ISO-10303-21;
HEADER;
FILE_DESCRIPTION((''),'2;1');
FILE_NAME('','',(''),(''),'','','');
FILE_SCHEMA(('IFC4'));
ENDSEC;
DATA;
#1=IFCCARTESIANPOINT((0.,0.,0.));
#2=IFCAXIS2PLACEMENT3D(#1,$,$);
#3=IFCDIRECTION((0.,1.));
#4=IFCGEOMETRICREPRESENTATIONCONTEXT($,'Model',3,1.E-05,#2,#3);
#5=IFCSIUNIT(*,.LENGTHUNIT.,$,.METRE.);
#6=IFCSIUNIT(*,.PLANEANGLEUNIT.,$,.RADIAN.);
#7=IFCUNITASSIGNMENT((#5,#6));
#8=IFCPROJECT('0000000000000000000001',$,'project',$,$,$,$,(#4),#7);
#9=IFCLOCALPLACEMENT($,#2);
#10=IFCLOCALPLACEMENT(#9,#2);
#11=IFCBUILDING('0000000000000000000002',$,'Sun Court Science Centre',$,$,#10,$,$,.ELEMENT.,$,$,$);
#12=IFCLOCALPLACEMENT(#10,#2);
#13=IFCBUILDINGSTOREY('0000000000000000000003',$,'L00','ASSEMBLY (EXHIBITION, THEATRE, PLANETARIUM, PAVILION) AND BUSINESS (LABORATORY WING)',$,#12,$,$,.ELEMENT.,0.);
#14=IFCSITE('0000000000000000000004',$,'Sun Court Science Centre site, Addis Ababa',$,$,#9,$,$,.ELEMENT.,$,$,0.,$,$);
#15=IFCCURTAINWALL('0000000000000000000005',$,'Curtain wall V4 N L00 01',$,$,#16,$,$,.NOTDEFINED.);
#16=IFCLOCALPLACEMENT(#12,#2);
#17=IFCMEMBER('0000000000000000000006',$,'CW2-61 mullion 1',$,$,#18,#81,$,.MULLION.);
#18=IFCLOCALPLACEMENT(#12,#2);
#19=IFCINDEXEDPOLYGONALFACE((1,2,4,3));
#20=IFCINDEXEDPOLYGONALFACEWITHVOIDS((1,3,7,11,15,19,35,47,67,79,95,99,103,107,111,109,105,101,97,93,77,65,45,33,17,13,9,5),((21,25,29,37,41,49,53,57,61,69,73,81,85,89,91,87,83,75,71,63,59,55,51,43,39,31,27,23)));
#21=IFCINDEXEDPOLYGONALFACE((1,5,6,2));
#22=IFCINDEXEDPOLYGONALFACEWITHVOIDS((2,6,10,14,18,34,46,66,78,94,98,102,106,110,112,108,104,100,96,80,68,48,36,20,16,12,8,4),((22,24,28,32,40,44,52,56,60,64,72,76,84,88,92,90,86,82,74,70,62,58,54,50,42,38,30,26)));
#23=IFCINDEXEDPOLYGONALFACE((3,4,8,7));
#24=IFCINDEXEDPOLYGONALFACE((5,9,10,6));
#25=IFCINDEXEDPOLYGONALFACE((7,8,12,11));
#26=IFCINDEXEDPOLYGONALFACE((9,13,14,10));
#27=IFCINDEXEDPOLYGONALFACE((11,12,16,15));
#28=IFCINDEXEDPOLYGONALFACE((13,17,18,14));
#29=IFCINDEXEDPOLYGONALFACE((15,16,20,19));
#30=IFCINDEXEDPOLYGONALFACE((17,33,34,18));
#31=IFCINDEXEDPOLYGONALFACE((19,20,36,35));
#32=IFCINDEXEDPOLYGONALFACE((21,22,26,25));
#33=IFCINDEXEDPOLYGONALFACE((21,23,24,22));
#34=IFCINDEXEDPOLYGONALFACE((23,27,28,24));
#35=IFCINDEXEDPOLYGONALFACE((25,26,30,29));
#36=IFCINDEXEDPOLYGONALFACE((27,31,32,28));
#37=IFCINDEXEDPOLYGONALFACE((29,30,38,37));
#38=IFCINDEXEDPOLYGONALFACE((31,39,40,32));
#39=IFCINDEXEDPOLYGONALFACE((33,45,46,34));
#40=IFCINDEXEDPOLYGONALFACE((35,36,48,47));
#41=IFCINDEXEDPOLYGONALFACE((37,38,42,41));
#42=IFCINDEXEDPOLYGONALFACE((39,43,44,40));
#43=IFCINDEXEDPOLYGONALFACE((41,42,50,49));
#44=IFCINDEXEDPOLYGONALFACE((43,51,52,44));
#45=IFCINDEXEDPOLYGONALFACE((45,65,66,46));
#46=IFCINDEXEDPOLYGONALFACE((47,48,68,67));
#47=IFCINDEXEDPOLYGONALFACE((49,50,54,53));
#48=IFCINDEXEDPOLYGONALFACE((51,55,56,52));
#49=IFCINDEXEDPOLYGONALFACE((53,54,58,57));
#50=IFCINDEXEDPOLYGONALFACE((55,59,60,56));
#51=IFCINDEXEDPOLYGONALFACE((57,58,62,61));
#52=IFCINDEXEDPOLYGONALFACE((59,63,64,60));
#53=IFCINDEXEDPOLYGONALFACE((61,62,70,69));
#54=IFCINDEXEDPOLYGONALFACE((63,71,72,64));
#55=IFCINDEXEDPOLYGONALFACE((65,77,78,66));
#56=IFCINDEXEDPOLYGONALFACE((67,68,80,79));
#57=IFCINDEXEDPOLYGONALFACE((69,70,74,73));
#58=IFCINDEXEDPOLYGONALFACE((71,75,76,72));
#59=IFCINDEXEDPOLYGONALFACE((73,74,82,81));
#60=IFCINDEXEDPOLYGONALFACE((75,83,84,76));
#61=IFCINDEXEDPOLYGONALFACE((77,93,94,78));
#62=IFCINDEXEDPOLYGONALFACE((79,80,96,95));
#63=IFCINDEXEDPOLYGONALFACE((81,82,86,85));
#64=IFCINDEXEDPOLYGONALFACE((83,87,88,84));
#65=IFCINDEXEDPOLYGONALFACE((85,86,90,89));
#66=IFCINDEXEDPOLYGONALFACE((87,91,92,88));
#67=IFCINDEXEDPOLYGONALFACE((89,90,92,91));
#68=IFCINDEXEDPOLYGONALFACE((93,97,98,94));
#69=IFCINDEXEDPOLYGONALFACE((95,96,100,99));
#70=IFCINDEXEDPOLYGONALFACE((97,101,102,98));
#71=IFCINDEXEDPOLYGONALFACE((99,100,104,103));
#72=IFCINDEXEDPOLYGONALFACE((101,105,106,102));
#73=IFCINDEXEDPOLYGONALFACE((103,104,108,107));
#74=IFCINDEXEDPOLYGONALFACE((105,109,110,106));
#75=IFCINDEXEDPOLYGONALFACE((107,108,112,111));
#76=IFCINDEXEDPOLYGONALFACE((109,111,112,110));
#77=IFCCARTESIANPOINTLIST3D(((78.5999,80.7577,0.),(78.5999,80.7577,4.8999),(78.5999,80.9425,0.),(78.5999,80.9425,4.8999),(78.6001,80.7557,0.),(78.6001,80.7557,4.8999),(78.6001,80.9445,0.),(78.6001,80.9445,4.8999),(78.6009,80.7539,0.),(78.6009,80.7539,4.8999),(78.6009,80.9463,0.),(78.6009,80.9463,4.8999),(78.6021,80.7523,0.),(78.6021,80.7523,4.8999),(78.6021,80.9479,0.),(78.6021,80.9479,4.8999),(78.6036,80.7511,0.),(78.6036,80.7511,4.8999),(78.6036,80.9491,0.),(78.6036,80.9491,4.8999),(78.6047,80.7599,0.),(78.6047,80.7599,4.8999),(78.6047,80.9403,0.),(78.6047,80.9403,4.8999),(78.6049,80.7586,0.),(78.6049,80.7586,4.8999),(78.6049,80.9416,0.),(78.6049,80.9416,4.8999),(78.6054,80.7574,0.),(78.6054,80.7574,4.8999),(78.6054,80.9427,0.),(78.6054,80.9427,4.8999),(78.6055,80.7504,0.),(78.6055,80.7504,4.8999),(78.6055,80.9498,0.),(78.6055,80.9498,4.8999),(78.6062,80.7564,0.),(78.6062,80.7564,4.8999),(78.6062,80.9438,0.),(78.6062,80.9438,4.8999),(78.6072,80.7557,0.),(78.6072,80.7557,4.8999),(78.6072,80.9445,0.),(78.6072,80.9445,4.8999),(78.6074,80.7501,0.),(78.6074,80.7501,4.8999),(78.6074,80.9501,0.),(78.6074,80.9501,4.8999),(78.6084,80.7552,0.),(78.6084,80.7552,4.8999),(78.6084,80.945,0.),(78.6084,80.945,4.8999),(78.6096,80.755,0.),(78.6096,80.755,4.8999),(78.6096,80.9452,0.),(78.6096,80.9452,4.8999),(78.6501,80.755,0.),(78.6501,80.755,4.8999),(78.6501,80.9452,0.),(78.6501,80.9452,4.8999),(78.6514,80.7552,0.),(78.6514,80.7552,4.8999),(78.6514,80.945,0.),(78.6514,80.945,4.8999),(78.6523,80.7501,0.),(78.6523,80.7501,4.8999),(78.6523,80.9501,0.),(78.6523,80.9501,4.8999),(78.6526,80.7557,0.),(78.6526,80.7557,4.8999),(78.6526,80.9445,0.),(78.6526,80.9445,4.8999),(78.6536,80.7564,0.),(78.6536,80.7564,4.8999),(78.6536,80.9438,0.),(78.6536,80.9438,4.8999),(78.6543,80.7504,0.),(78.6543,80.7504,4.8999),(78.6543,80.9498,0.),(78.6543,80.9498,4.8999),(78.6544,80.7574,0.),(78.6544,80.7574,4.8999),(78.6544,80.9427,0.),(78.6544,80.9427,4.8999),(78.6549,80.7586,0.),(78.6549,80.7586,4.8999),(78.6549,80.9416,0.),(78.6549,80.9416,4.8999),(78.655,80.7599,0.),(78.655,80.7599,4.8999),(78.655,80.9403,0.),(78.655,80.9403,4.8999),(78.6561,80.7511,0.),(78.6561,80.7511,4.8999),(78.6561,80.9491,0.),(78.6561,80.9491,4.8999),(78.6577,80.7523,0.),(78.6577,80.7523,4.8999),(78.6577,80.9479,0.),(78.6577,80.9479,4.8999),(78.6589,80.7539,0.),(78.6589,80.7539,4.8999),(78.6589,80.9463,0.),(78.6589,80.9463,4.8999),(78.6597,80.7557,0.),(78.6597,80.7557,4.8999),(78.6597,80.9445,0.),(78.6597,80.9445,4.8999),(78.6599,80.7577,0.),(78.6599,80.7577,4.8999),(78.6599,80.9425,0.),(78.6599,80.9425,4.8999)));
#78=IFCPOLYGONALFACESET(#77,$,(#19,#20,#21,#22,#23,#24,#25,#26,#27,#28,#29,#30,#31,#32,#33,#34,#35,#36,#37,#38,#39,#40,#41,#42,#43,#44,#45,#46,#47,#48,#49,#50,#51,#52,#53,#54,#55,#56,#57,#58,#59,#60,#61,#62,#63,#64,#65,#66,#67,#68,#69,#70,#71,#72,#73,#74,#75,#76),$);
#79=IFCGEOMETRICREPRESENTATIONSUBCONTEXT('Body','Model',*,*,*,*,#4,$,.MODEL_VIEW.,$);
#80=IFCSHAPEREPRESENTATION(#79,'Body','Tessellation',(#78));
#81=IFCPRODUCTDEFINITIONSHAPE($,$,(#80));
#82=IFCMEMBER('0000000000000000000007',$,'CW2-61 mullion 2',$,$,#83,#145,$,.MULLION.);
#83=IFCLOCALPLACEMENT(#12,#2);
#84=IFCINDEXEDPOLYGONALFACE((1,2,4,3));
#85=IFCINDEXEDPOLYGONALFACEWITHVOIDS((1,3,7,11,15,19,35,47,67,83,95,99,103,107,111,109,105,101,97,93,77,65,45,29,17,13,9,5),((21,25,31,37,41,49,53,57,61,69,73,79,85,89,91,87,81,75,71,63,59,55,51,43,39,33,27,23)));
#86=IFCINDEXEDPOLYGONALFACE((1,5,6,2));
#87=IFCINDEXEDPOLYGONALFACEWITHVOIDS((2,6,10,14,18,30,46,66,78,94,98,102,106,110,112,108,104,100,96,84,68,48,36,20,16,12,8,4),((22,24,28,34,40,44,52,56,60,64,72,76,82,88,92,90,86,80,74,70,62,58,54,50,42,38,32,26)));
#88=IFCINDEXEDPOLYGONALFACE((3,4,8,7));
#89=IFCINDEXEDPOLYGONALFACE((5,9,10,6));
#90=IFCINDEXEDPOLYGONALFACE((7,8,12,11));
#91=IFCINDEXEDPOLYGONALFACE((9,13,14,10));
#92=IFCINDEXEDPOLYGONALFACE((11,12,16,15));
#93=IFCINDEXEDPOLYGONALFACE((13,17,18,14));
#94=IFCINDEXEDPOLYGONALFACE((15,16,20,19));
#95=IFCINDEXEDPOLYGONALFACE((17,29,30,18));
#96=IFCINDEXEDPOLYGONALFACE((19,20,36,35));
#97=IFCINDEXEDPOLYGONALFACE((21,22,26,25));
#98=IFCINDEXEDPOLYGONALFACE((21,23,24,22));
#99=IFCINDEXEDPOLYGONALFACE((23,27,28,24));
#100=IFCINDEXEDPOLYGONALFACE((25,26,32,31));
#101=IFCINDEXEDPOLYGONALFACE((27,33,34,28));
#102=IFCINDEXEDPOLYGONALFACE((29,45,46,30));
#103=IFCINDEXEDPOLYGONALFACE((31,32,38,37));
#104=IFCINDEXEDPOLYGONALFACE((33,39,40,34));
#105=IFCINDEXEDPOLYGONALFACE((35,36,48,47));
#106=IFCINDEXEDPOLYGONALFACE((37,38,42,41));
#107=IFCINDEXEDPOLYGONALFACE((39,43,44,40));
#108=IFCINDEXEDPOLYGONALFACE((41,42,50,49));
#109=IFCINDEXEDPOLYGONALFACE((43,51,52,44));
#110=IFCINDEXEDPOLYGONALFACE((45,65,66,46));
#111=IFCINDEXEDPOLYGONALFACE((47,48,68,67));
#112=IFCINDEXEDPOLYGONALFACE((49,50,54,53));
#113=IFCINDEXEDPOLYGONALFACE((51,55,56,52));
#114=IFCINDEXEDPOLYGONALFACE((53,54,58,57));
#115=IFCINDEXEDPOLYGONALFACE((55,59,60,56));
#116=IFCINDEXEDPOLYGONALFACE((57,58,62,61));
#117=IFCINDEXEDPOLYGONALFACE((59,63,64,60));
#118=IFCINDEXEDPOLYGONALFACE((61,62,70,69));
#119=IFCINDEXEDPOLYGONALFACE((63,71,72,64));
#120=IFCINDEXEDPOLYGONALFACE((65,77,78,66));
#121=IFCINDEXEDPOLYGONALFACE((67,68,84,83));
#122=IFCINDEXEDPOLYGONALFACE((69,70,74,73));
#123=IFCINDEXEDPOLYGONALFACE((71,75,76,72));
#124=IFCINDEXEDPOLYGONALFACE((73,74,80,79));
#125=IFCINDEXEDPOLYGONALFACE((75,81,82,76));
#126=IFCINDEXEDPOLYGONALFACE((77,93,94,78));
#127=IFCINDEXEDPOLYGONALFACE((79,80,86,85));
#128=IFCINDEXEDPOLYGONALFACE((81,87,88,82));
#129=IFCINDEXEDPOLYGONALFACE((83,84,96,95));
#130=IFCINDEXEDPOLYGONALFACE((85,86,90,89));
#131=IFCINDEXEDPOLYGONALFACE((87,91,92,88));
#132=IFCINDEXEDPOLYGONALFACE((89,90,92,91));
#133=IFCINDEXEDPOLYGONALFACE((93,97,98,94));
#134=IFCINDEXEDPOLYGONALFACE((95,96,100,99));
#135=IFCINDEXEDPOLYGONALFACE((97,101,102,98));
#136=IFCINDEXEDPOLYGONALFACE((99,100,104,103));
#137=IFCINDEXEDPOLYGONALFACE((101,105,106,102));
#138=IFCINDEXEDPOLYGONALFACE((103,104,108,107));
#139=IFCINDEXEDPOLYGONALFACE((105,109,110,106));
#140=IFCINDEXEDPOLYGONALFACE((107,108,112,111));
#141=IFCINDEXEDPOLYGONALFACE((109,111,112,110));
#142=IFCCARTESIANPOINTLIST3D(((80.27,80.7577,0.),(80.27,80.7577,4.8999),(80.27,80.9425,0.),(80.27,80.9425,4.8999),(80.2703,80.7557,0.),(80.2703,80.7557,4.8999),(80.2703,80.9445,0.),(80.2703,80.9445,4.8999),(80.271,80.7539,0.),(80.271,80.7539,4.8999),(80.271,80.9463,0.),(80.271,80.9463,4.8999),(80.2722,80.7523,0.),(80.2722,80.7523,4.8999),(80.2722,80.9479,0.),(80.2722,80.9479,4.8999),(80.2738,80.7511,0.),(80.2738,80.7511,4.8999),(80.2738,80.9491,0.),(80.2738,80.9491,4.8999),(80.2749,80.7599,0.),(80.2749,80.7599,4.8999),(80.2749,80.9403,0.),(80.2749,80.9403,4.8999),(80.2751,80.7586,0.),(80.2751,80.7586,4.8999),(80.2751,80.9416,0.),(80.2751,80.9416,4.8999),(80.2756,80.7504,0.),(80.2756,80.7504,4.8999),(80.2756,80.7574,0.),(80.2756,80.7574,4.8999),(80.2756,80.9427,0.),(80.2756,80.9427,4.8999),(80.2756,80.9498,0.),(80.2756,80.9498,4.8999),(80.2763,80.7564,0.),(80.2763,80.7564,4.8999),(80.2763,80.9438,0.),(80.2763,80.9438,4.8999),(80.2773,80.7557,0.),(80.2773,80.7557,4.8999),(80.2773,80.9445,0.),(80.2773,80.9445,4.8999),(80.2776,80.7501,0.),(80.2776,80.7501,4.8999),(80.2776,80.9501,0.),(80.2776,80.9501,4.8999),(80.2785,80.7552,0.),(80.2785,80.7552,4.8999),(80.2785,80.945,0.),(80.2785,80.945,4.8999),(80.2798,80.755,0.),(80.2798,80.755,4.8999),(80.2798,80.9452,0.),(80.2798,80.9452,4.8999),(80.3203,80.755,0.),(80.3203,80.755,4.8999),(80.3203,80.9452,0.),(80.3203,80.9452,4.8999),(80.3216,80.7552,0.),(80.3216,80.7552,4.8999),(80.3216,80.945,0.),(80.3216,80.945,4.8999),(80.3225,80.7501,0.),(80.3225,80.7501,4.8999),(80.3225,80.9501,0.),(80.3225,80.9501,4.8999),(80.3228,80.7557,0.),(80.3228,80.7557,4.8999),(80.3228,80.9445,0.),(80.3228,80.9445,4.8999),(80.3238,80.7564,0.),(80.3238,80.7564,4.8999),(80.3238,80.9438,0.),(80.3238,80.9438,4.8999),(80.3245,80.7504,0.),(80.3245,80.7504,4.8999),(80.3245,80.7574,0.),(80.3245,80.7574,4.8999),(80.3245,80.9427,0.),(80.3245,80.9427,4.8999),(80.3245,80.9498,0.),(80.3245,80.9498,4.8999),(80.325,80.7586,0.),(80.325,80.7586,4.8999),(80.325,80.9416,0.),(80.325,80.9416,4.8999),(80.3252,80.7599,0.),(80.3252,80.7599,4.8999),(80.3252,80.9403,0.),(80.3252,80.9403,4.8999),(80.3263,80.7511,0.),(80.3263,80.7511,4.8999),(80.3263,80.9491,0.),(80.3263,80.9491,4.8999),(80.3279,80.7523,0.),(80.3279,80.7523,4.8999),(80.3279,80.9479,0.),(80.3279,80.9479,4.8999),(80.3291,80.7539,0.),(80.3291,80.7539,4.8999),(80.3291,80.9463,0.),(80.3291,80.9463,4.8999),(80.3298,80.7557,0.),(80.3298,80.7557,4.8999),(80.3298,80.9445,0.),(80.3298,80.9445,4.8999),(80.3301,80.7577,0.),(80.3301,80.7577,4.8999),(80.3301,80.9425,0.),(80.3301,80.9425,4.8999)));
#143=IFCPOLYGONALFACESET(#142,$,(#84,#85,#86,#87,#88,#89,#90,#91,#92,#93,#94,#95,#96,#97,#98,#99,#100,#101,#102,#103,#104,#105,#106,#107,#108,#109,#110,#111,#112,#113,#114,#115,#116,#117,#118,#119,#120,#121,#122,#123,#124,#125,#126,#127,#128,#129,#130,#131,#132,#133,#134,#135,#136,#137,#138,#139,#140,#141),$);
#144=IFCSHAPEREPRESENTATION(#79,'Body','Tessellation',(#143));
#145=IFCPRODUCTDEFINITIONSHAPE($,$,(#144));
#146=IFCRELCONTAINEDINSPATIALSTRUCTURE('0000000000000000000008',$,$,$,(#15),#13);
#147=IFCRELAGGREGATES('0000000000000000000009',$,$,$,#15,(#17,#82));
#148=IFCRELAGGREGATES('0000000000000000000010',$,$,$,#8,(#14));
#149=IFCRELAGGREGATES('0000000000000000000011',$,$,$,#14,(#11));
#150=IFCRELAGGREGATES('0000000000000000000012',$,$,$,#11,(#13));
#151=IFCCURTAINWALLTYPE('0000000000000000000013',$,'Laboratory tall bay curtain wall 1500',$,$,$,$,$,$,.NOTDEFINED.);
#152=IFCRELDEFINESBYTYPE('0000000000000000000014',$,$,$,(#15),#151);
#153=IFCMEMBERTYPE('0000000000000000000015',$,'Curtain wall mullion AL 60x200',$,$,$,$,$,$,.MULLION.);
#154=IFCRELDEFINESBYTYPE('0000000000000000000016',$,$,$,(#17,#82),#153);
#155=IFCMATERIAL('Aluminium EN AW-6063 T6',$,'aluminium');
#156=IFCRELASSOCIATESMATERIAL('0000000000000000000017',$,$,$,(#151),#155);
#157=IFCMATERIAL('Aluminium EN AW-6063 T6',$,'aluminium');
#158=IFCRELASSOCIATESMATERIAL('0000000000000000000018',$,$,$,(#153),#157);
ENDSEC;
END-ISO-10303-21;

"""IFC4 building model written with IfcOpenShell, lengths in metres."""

from ifc_helpers import new_model, si_unit, direction, frame, origin, origin_2d, place, context, subcontext, project, spatial, hollow_rectangle, extrude, material, material_profile, profile_set, type_object, element, aggregate, save


model = new_model("IFC4")

# Units and contexts
model_context = context("Model", 3, precision=1e-05, world=origin(), true_north=direction((0.0, 1.0)))
body_context = subcontext(model_context, "Body", "Model", "MODEL_VIEW")
ifc_project = project(units=[si_unit("LENGTHUNIT", "METRE"), si_unit("PLANEANGLEUNIT", "RADIAN")], contexts=[model_context])

# Site, building, storey
site_placement = place(None, origin())
site = spatial("IfcSite", under=ifc_project, at=site_placement, Name="Sun Court Science Centre site, Addis Ababa", CompositionType="ELEMENT", RefElevation=0.0)
building_placement = place(site_placement, origin())
building = spatial("IfcBuilding", under=site, at=building_placement, Name="Sun Court Science Centre", CompositionType="ELEMENT")
storey_placement = place(building_placement, origin())
storey = spatial("IfcBuildingStorey", under=building, at=storey_placement, Name="L00", Description="ASSEMBLY (EXHIBITION, THEATRE, PLANETARIUM, PAVILION) AND BUSINESS (LABORATORY WING)", CompositionType="ELEMENT", Elevation=0.0)

# Shared definitions
ifc_material_1 = material(Name="Aluminium EN AW-6063 T6", Category="aluminium")
curtain_wall_type = type_object("IfcCurtainWallType", Name="Laboratory tall bay curtain wall 1500", PredefinedType="NOTDEFINED", material=ifc_material_1)
ifc_material_2 = material(Name="Aluminium EN AW-6063 T6", Category="aluminium")
ifc_material_profile_1 = material_profile(ifc_material_2, hollow_rectangle(XDim=0.0601, YDim=0.2, WallThickness=0.0049, InnerFilletRadius=0.0049, OuterFilletRadius=0.0076, at=origin_2d()), Name="AL 60x200x5")
ifc_profile_set_1 = profile_set([ifc_material_profile_1], Name="Aluminium EN AW-6063 T6")
member_type_1 = type_object("IfcMemberType", Name="Curtain wall mullion AL 60x200", PredefinedType="MULLION", material=ifc_profile_set_1)

# Curtain wall, members
curtain_wall_1_placement = place(storey_placement, origin())
curtain_wall_1 = element("IfcCurtainWall", 1, at=curtain_wall_1_placement, inside=storey, type_object=curtain_wall_type, Name="Curtain wall V4 N L00 01", PredefinedType="NOTDEFINED")
member_1_placement = place(storey_placement, frame((78.6299, 80.8501, 0.0), z_axis=(0.0, 0.0, 1.0), x_axis=(1.0, 0.0, 0.0)))
member_1 = element("IfcMember", 2, at=member_1_placement, type_object=member_type_1, Name="CW2-61 mullion 1", PredefinedType="MULLION", context=body_context, shape_type="SweptSolid", body=[
    extrude(hollow_rectangle(XDim=0.0601, YDim=0.2, WallThickness=0.0049, InnerFilletRadius=0.0049, OuterFilletRadius=0.0076, at=origin_2d()), origin(), (0.0, 0.0, 1.0), 4.8999),
])
member_2_placement = place(storey_placement, frame((80.3, 80.8501, 0.0), z_axis=(0.0, 0.0, 1.0), x_axis=(1.0, 0.0, 0.0)))
member_2 = element("IfcMember", 3, at=member_2_placement, type_object=member_type_1, Name="CW2-61 mullion 2", PredefinedType="MULLION", context=body_context, shape_type="SweptSolid", body=[
    extrude(hollow_rectangle(XDim=0.0601, YDim=0.2, WallThickness=0.0049, InnerFilletRadius=0.0049, OuterFilletRadius=0.0076, at=origin_2d()), origin(), (0.0, 0.0, 1.0), 4.8999),
])

aggregate(curtain_wall_1, [member_1, member_2])

save(model, "model.ifc")
